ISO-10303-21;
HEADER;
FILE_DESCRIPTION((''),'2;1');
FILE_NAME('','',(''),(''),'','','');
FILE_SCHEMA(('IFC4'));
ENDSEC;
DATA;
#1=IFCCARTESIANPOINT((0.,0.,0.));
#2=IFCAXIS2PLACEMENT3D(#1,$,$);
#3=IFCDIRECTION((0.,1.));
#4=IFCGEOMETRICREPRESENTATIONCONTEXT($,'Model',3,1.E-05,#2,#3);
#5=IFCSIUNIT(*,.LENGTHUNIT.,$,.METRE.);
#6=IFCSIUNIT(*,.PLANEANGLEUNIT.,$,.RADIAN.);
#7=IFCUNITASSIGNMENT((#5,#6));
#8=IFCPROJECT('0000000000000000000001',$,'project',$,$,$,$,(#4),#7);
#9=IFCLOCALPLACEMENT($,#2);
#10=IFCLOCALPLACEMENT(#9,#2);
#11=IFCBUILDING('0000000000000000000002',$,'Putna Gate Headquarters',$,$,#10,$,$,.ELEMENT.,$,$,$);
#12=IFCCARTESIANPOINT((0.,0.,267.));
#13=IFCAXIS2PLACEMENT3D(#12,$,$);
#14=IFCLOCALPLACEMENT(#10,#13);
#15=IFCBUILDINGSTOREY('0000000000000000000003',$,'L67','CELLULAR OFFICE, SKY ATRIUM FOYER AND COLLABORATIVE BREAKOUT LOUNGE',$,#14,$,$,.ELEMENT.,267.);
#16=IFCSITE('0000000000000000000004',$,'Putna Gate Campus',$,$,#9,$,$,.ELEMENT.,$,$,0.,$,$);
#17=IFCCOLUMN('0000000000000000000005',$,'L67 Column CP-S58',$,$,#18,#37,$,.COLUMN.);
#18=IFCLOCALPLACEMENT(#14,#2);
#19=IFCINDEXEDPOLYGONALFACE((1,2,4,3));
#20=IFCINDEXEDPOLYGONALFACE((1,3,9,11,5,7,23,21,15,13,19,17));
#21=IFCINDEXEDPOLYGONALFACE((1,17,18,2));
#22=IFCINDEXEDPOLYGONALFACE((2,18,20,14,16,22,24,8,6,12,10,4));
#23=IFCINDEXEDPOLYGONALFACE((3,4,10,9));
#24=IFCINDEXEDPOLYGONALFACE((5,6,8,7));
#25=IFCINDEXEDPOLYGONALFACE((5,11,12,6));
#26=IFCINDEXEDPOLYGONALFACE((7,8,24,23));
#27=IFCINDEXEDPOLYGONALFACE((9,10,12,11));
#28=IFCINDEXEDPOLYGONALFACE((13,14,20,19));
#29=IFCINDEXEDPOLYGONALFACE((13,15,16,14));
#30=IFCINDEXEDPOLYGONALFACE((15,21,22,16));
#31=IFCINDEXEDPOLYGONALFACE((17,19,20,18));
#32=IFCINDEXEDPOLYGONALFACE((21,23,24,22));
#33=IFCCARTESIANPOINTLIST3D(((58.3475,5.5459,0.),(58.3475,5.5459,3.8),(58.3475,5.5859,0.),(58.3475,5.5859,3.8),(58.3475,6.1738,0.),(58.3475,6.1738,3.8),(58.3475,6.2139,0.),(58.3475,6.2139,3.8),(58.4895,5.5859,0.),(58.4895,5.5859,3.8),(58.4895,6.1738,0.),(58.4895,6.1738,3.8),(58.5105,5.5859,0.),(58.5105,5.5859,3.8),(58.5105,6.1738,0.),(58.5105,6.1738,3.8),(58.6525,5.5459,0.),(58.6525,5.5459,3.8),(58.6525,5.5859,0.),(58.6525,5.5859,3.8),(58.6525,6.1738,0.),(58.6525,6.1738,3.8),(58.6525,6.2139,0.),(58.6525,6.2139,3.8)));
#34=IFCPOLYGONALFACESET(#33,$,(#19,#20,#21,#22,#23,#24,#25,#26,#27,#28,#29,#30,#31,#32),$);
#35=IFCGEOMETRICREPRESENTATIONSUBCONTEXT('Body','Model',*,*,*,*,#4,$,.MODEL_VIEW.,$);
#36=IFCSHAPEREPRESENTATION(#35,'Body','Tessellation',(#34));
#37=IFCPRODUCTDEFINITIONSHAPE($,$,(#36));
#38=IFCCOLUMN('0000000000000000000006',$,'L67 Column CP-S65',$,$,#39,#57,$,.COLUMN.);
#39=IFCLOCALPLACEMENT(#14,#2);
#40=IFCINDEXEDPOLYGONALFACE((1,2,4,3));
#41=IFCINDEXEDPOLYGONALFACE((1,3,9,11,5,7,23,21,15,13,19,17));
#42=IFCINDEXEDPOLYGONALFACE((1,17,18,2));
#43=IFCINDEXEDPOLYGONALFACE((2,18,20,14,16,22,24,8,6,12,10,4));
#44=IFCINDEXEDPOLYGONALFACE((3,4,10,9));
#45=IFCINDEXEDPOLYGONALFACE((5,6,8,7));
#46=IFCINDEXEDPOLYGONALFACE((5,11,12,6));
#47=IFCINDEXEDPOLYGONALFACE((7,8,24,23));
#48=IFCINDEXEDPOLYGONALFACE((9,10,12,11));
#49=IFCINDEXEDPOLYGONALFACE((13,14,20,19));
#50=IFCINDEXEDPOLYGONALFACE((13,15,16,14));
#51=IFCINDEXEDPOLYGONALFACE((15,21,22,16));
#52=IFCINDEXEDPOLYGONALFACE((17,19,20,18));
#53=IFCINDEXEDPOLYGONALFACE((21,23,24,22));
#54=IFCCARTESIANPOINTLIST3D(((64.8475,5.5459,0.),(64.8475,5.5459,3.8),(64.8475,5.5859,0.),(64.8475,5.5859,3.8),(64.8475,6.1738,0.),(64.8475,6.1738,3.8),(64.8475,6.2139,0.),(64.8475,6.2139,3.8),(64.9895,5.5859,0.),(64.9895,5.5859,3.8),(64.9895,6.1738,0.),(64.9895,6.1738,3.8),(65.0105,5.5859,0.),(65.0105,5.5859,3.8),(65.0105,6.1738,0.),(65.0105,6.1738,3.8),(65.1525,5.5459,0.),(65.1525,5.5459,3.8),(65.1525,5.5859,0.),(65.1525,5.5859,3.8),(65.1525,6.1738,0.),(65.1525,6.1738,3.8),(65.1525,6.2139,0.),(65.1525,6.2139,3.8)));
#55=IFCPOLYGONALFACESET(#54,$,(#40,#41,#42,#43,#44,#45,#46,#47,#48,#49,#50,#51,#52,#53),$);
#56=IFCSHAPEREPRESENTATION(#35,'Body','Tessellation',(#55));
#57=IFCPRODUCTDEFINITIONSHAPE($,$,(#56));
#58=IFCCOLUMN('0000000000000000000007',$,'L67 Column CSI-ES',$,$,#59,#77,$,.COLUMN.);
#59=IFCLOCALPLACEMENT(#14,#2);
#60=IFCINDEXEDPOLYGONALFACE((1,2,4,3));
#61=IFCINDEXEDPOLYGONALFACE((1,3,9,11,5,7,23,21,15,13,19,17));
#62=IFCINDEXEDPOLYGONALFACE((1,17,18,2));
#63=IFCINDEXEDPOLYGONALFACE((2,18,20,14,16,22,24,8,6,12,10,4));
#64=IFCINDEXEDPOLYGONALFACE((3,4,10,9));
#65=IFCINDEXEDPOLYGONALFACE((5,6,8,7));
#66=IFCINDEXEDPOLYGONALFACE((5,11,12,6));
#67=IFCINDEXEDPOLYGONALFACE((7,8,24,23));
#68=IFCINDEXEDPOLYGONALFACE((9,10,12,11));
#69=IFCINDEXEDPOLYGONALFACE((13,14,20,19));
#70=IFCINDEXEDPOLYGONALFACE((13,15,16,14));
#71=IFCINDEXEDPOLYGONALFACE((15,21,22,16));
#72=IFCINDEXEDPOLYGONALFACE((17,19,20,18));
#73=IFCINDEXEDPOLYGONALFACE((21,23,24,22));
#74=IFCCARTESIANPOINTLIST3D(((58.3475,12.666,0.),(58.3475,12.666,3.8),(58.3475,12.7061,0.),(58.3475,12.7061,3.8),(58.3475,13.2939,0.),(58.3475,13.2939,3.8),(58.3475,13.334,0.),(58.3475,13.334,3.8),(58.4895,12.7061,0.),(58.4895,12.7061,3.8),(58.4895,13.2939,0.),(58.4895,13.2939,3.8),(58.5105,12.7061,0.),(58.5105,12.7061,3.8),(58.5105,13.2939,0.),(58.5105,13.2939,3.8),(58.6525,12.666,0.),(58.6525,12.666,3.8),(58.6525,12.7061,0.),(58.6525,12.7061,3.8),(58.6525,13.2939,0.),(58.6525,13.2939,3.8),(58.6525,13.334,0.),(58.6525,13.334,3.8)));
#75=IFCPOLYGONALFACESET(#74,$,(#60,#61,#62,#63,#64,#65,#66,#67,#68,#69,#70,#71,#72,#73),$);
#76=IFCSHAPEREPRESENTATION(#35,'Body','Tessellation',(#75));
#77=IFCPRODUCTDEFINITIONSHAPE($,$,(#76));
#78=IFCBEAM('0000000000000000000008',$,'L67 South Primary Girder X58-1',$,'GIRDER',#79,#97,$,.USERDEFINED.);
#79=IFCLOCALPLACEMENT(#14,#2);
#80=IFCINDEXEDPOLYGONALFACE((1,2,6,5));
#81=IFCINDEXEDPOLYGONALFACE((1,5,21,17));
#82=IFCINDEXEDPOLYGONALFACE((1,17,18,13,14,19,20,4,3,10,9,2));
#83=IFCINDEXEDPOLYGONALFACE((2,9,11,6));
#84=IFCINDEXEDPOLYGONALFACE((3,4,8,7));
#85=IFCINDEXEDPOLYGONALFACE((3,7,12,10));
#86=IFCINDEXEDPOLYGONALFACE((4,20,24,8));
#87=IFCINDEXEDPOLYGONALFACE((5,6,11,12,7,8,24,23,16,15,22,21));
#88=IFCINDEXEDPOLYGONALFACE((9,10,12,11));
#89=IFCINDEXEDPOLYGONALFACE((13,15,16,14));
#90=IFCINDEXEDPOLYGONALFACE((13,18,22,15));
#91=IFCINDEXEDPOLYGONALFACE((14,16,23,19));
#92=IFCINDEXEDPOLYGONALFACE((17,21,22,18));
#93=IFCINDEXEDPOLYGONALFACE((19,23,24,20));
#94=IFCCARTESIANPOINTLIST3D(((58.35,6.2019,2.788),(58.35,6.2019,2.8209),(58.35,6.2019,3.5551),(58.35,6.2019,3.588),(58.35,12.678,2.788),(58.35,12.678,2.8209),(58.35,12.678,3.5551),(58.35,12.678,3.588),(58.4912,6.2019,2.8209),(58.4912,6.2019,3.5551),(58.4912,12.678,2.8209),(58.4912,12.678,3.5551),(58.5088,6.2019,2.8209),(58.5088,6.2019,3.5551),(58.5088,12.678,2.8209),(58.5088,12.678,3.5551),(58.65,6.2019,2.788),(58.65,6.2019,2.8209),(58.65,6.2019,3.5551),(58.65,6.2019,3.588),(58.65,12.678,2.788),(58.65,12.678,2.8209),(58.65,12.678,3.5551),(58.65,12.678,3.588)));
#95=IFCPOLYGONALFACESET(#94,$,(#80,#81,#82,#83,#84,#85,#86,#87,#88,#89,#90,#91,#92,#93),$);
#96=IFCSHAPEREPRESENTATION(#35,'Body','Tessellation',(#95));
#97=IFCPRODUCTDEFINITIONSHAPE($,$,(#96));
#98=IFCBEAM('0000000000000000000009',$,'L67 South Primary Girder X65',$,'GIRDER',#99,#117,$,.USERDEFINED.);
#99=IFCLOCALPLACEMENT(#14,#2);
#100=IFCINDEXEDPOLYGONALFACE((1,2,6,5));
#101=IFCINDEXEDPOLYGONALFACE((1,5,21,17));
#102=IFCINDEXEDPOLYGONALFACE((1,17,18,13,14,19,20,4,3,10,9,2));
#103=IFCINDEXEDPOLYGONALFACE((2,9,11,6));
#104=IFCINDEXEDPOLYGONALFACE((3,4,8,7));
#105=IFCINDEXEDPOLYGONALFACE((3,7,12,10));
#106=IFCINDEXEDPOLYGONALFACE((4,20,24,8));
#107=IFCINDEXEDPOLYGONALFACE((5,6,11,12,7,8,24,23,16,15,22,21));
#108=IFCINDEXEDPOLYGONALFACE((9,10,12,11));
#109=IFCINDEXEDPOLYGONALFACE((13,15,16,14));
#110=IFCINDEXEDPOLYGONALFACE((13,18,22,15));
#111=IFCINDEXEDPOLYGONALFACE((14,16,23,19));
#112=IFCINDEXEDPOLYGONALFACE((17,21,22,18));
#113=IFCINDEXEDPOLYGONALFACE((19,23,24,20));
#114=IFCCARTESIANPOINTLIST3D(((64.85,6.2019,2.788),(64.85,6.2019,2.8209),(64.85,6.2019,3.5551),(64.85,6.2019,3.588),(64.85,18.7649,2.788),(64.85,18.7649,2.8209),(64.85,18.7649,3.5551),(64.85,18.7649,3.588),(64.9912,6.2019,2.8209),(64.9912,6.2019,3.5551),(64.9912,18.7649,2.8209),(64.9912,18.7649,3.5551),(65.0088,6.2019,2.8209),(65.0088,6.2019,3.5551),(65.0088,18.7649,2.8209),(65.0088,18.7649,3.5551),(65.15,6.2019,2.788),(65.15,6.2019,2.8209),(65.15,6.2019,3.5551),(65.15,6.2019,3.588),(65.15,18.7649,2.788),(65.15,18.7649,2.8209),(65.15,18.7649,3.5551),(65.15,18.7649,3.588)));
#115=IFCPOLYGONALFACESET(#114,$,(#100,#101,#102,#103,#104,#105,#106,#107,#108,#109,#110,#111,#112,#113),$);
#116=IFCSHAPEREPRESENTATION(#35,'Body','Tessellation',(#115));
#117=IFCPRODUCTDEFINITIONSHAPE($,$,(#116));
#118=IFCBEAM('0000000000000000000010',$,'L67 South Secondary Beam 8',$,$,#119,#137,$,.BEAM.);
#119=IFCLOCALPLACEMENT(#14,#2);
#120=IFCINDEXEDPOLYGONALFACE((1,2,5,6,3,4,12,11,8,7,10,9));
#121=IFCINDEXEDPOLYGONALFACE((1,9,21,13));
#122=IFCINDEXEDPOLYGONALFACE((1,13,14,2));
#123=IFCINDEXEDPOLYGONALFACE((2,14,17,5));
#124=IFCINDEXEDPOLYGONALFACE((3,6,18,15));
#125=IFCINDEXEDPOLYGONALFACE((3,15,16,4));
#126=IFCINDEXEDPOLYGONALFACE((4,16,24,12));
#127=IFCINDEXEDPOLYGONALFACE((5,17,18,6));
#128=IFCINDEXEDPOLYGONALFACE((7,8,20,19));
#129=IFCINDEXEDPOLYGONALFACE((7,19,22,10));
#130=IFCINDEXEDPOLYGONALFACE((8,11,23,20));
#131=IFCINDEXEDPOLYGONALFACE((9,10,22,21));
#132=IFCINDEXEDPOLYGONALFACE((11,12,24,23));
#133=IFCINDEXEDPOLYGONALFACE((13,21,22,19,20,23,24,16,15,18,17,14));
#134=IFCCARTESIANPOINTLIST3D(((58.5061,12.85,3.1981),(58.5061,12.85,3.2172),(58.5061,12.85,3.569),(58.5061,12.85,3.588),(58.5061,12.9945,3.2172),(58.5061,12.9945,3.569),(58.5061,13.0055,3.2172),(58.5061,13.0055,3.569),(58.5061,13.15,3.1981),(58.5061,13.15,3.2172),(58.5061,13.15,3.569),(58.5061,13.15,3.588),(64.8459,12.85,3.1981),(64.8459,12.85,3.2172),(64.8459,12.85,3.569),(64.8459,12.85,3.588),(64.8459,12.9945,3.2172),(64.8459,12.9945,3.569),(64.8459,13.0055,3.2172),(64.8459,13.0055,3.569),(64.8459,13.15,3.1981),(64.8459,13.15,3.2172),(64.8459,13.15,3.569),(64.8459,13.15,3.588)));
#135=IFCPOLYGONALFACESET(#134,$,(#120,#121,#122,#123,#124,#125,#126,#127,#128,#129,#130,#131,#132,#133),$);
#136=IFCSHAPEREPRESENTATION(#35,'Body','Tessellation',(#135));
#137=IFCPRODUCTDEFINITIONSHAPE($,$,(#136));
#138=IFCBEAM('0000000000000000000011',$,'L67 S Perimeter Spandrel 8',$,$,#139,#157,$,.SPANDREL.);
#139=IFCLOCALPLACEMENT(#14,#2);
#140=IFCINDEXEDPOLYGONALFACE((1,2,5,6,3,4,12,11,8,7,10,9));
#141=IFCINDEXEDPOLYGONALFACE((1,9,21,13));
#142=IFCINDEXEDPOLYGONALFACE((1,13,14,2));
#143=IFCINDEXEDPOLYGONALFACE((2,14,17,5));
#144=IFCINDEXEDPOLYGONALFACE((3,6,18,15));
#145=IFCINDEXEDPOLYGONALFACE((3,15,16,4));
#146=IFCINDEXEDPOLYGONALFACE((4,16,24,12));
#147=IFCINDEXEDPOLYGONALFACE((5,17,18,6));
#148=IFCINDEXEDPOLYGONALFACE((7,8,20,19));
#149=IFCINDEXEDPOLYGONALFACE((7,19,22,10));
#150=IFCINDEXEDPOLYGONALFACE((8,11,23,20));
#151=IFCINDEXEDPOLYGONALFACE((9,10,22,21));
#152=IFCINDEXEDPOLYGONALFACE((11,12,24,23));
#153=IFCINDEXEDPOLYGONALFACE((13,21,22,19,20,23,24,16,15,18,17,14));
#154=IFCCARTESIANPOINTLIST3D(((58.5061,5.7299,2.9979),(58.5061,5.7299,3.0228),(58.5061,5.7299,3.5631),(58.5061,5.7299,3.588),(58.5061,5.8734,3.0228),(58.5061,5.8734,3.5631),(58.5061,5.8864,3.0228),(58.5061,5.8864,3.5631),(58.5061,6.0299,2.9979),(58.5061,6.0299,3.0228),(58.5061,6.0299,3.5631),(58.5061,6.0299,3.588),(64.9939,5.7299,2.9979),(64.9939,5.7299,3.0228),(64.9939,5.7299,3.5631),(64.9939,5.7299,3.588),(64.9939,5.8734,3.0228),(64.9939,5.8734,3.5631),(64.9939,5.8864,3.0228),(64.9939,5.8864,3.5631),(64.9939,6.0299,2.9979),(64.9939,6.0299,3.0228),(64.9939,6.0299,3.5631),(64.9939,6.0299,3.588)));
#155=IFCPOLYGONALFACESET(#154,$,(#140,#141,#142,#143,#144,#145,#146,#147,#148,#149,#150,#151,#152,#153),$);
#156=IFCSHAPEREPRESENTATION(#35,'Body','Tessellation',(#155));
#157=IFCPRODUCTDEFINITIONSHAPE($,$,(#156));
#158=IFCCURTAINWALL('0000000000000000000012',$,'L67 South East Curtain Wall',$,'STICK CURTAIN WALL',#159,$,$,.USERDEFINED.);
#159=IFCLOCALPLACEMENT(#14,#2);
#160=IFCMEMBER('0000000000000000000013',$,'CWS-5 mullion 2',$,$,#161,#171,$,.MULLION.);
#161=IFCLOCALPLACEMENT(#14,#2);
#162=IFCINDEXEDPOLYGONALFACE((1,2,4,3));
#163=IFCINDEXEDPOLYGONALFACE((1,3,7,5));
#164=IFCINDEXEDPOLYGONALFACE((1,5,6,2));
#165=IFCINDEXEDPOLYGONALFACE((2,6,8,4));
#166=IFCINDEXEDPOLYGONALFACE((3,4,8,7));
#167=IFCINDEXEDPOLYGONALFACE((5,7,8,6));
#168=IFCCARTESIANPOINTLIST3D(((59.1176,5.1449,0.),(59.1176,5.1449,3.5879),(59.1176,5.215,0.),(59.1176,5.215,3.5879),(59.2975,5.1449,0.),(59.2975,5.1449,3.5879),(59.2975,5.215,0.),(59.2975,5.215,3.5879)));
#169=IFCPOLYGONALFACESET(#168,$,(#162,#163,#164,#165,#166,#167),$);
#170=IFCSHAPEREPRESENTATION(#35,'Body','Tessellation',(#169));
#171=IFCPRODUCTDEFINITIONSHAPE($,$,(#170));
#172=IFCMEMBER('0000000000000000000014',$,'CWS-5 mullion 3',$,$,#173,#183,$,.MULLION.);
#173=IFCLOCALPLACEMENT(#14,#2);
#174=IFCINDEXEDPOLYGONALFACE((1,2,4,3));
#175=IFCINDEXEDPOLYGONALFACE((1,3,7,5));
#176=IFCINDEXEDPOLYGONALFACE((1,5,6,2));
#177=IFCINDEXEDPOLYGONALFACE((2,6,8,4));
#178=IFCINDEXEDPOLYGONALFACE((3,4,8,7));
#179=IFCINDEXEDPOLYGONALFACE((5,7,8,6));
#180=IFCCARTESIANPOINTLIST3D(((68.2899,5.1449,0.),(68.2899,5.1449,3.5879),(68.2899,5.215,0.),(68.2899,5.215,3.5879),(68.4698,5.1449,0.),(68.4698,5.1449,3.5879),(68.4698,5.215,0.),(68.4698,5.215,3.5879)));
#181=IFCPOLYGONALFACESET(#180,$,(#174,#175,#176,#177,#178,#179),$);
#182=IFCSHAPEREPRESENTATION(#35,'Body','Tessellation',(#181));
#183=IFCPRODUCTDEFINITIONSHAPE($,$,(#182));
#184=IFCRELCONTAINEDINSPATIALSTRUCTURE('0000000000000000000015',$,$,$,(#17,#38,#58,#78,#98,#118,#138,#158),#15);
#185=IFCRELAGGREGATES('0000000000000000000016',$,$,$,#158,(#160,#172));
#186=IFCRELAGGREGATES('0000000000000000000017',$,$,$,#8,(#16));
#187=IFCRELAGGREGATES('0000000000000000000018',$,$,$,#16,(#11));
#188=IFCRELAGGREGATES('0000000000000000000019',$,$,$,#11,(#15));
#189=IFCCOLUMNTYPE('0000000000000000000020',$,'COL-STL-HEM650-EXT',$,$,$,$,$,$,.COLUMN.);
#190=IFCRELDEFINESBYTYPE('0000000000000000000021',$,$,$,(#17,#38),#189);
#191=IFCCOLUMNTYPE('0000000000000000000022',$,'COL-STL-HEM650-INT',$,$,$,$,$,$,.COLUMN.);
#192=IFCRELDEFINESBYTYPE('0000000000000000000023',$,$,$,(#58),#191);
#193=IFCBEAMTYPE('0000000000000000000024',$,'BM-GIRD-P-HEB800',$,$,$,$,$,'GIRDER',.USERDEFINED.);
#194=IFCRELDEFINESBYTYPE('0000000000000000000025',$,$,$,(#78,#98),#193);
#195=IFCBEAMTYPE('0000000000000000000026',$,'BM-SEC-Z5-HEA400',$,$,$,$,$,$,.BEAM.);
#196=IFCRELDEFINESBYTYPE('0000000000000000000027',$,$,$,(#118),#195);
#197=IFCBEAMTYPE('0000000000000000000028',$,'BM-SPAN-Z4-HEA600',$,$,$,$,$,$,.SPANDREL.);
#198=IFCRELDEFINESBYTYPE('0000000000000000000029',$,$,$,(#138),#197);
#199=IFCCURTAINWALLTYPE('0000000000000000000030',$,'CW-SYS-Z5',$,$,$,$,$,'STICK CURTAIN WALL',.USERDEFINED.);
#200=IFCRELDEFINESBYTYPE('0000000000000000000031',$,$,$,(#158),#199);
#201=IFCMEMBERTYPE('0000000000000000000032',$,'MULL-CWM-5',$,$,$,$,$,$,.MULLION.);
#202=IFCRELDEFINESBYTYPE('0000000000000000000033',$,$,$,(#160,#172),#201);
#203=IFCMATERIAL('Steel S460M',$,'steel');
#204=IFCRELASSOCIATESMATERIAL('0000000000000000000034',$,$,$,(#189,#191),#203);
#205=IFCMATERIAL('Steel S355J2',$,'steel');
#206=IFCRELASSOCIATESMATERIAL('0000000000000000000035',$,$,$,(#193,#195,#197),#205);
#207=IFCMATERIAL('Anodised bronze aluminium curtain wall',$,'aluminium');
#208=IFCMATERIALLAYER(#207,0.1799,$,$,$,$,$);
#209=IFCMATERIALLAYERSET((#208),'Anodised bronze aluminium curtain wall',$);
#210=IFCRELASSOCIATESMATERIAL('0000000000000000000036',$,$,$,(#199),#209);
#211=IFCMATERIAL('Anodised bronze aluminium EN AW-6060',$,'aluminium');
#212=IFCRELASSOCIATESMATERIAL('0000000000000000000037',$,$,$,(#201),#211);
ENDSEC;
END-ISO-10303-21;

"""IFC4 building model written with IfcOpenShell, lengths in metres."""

from ifc_helpers import new_model, si_unit, direction, frame, origin, origin_2d, place, context, subcontext, project, spatial, rectangle, i_section, extrude, material, layer, layer_set, material_profile, profile_set, type_object, element, aggregate, save


model = new_model("IFC4")

# Units and contexts
model_context = context("Model", 3, precision=1e-05, world=origin(), true_north=direction((0.0, 1.0)))
body_context = subcontext(model_context, "Body", "Model", "MODEL_VIEW")
ifc_project = project(units=[si_unit("LENGTHUNIT", "METRE"), si_unit("PLANEANGLEUNIT", "RADIAN")], contexts=[model_context])

# Site, building, storey
site_placement = place(None, origin())
site = spatial("IfcSite", under=ifc_project, at=site_placement, Name="Putna Gate Campus", CompositionType="ELEMENT", RefElevation=0.0)
building_placement = place(site_placement, origin())
building = spatial("IfcBuilding", under=site, at=building_placement, Name="Putna Gate Headquarters", CompositionType="ELEMENT")
storey_placement = place(building_placement, frame((0.0, 0.0, 267.0)))
storey = spatial("IfcBuildingStorey", under=building, at=storey_placement, Name="L67", Description="CELLULAR OFFICE, SKY ATRIUM FOYER AND COLLABORATIVE BREAKOUT LOUNGE", CompositionType="ELEMENT", Elevation=267.0)

# Columns
ifc_material_1 = material(Name="Steel S460M", Category="steel")
ifc_material_profile_1 = material_profile(ifc_material_1, i_section(OverallWidth=0.3049, OverallDepth=0.668, WebThickness=0.021, FlangeThickness=0.04, at=origin_2d()), Name="Steel S460M")
ifc_profile_set_1 = profile_set([ifc_material_profile_1], Name="Steel S460M")
column_type_1 = type_object("IfcColumnType", Name="COL-STL-HEM650-EXT", PredefinedType="COLUMN", material=ifc_profile_set_1)
for number, where, z_axis, x_axis, name in (
    (1, (58.5, 5.8799, 0.0), (0.0, 0.0, 1.0), (1.0, 0.0, 0.0), "L67 Column CP-S58"),
    (2, (65.0, 5.8799, 0.0), (0.0, 0.0, 1.0), (1.0, 0.0, 0.0), "L67 Column CP-S65"),
):
    element("IfcColumn", number, at=place(storey_placement, frame(where, z_axis=z_axis, x_axis=x_axis)), inside=storey, type_object=column_type_1, Name=name, PredefinedType="COLUMN", context=body_context, shape_type="SweptSolid", body=[
        extrude(i_section(OverallWidth=0.3049, OverallDepth=0.668, WebThickness=0.021, FlangeThickness=0.04, at=origin_2d()), origin(), (0.0, 0.0, 1.0), 3.8),
    ])
ifc_material_profile_2 = material_profile(ifc_material_1, i_section(OverallWidth=0.3049, OverallDepth=0.668, WebThickness=0.021, FlangeThickness=0.04, at=origin_2d()), Name="Steel S460M")
ifc_profile_set_2 = profile_set([ifc_material_profile_2], Name="Steel S460M")
column_type_2 = type_object("IfcColumnType", Name="COL-STL-HEM650-INT", PredefinedType="COLUMN", material=ifc_profile_set_2)
column_placement = place(storey_placement, frame((58.5, 13.0, 0.0), z_axis=(0.0, 0.0, 1.0), x_axis=(1.0, 0.0, 0.0)))
element("IfcColumn", 3, at=column_placement, inside=storey, type_object=column_type_2, Name="L67 Column CSI-ES", PredefinedType="COLUMN", context=body_context, shape_type="SweptSolid", body=[
    extrude(i_section(OverallWidth=0.3049, OverallDepth=0.668, WebThickness=0.021, FlangeThickness=0.04, at=origin_2d()), origin(), (0.0, 0.0, 1.0), 3.8),
])

# Beams
ifc_material_2 = material(Name="Steel S355J2", Category="steel")
ifc_material_profile_3 = material_profile(ifc_material_2, i_section(OverallWidth=0.3, OverallDepth=0.8, WebThickness=0.0176, FlangeThickness=0.033, at=origin_2d()), Name="Steel S355J2")
ifc_profile_set_3 = profile_set([ifc_material_profile_3], Name="Steel S355J2")
beam_type_1 = type_object("IfcBeamType", Name="BM-GIRD-P-HEB800", ElementType="GIRDER", PredefinedType="USERDEFINED", material=ifc_profile_set_3)
beam_1_placement = place(storey_placement, frame((58.5, 6.2019, 3.188), z_axis=(0.0, 1.0, 0.0), x_axis=(-1.0, 0.0, 0.0)))
element("IfcBeam", 4, at=beam_1_placement, inside=storey, type_object=beam_type_1, Name="L67 South Primary Girder X58-1", ObjectType="GIRDER", PredefinedType="USERDEFINED", context=body_context, shape_type="SweptSolid", body=[
    extrude(i_section(OverallWidth=0.3, OverallDepth=0.8, WebThickness=0.0176, FlangeThickness=0.033, at=origin_2d()), origin(), (0.0, 0.0, 1.0), 6.4761),
])
beam_2_placement = place(storey_placement, frame((65.0, 6.2019, 3.188), z_axis=(0.0, 1.0, 0.0), x_axis=(-1.0, 0.0, 0.0)))
element("IfcBeam", 5, at=beam_2_placement, inside=storey, type_object=beam_type_1, Name="L67 South Primary Girder X65", ObjectType="GIRDER", PredefinedType="USERDEFINED", context=body_context, shape_type="SweptSolid", body=[
    extrude(i_section(OverallWidth=0.3, OverallDepth=0.8, WebThickness=0.0176, FlangeThickness=0.033, at=origin_2d()), origin(), (0.0, 0.0, 1.0), 12.563),
])
ifc_material_profile_4 = material_profile(ifc_material_2, i_section(OverallWidth=0.3, OverallDepth=0.3899, WebThickness=0.011, FlangeThickness=0.019, at=origin_2d()), Name="Steel S355J2")
ifc_profile_set_4 = profile_set([ifc_material_profile_4], Name="Steel S355J2")
beam_type_2 = type_object("IfcBeamType", Name="BM-SEC-Z5-HEA400", PredefinedType="BEAM", material=ifc_profile_set_4)
beam_3_placement = place(storey_placement, frame((58.5061, 13.0, 3.3931), z_axis=(1.0, 0.0, 0.0), x_axis=(0.0, 1.0, 0.0)))
element("IfcBeam", 6, at=beam_3_placement, inside=storey, type_object=beam_type_2, Name="L67 South Secondary Beam 8", PredefinedType="BEAM", context=body_context, shape_type="SweptSolid", body=[
    extrude(i_section(OverallWidth=0.3, OverallDepth=0.3899, WebThickness=0.011, FlangeThickness=0.019, at=origin_2d()), origin(), (0.0, 0.0, 1.0), 6.3398),
])
ifc_material_profile_5 = material_profile(ifc_material_2, i_section(OverallWidth=0.3, OverallDepth=0.5901, WebThickness=0.0129, FlangeThickness=0.0249, at=origin_2d()), Name="Steel S355J2")
ifc_profile_set_5 = profile_set([ifc_material_profile_5], Name="Steel S355J2")
beam_type_3 = type_object("IfcBeamType", Name="BM-SPAN-Z4-HEA600", PredefinedType="SPANDREL", material=ifc_profile_set_5)
beam_4_placement = place(storey_placement, frame((58.5061, 5.8799, 3.293), z_axis=(1.0, 0.0, 0.0), x_axis=(0.0, 1.0, 0.0)))
element("IfcBeam", 7, at=beam_4_placement, inside=storey, type_object=beam_type_3, Name="L67 S Perimeter Spandrel 8", PredefinedType="SPANDREL", context=body_context, shape_type="SweptSolid", body=[
    extrude(i_section(OverallWidth=0.3, OverallDepth=0.5901, WebThickness=0.0129, FlangeThickness=0.0249, at=origin_2d()), origin(), (0.0, 0.0, 1.0), 6.4878),
])

# Curtain wall, members
ifc_material_3 = material(Name="Anodised bronze aluminium curtain wall", Category="aluminium")
ifc_layer_1 = layer(ifc_material_3, 0.1799)
ifc_layer_set_1 = layer_set([ifc_layer_1], Name="Anodised bronze aluminium curtain wall")
curtain_wall_type = type_object("IfcCurtainWallType", Name="CW-SYS-Z5", ElementType="STICK CURTAIN WALL", PredefinedType="USERDEFINED", material=ifc_layer_set_1)
curtain_wall_1_placement = place(storey_placement, origin())
curtain_wall_1 = element("IfcCurtainWall", 8, at=curtain_wall_1_placement, inside=storey, type_object=curtain_wall_type, Name="L67 South East Curtain Wall", ObjectType="STICK CURTAIN WALL", PredefinedType="USERDEFINED")
ifc_material_4 = material(Name="Anodised bronze aluminium EN AW-6060", Category="aluminium")
ifc_material_profile_6 = material_profile(ifc_material_4, rectangle(XDim=0.0701, YDim=0.1799, at=origin_2d()), Name="Anodised bronze aluminium EN AW-6060")
ifc_profile_set_6 = profile_set([ifc_material_profile_6], Name="Anodised bronze aluminium EN AW-6060")
member_type_1 = type_object("IfcMemberType", Name="MULL-CWM-5", PredefinedType="MULLION", material=ifc_profile_set_6)
member_1_placement = place(storey_placement, frame((59.2075, 5.1799, 0.0), z_axis=(0.0, 0.0, 1.0), x_axis=(0.0, 1.0, 0.0)))
member_1 = element("IfcMember", 9, at=member_1_placement, type_object=member_type_1, Name="CWS-5 mullion 2", PredefinedType="MULLION", context=body_context, shape_type="SweptSolid", body=[
    extrude(rectangle(XDim=0.0701, YDim=0.1799, at=origin_2d()), origin(), (0.0, 0.0, 1.0), 3.5879),
])
member_2_placement = place(storey_placement, frame((68.3799, 5.1799, 0.0), z_axis=(0.0, 0.0, 1.0), x_axis=(0.0, 1.0, 0.0)))
member_2 = element("IfcMember", 10, at=member_2_placement, type_object=member_type_1, Name="CWS-5 mullion 3", PredefinedType="MULLION", context=body_context, shape_type="SweptSolid", body=[
    extrude(rectangle(XDim=0.0701, YDim=0.1799, at=origin_2d()), origin(), (0.0, 0.0, 1.0), 3.5879),
])

aggregate(curtain_wall_1, [member_1, member_2])

save(model, "model.ifc")
